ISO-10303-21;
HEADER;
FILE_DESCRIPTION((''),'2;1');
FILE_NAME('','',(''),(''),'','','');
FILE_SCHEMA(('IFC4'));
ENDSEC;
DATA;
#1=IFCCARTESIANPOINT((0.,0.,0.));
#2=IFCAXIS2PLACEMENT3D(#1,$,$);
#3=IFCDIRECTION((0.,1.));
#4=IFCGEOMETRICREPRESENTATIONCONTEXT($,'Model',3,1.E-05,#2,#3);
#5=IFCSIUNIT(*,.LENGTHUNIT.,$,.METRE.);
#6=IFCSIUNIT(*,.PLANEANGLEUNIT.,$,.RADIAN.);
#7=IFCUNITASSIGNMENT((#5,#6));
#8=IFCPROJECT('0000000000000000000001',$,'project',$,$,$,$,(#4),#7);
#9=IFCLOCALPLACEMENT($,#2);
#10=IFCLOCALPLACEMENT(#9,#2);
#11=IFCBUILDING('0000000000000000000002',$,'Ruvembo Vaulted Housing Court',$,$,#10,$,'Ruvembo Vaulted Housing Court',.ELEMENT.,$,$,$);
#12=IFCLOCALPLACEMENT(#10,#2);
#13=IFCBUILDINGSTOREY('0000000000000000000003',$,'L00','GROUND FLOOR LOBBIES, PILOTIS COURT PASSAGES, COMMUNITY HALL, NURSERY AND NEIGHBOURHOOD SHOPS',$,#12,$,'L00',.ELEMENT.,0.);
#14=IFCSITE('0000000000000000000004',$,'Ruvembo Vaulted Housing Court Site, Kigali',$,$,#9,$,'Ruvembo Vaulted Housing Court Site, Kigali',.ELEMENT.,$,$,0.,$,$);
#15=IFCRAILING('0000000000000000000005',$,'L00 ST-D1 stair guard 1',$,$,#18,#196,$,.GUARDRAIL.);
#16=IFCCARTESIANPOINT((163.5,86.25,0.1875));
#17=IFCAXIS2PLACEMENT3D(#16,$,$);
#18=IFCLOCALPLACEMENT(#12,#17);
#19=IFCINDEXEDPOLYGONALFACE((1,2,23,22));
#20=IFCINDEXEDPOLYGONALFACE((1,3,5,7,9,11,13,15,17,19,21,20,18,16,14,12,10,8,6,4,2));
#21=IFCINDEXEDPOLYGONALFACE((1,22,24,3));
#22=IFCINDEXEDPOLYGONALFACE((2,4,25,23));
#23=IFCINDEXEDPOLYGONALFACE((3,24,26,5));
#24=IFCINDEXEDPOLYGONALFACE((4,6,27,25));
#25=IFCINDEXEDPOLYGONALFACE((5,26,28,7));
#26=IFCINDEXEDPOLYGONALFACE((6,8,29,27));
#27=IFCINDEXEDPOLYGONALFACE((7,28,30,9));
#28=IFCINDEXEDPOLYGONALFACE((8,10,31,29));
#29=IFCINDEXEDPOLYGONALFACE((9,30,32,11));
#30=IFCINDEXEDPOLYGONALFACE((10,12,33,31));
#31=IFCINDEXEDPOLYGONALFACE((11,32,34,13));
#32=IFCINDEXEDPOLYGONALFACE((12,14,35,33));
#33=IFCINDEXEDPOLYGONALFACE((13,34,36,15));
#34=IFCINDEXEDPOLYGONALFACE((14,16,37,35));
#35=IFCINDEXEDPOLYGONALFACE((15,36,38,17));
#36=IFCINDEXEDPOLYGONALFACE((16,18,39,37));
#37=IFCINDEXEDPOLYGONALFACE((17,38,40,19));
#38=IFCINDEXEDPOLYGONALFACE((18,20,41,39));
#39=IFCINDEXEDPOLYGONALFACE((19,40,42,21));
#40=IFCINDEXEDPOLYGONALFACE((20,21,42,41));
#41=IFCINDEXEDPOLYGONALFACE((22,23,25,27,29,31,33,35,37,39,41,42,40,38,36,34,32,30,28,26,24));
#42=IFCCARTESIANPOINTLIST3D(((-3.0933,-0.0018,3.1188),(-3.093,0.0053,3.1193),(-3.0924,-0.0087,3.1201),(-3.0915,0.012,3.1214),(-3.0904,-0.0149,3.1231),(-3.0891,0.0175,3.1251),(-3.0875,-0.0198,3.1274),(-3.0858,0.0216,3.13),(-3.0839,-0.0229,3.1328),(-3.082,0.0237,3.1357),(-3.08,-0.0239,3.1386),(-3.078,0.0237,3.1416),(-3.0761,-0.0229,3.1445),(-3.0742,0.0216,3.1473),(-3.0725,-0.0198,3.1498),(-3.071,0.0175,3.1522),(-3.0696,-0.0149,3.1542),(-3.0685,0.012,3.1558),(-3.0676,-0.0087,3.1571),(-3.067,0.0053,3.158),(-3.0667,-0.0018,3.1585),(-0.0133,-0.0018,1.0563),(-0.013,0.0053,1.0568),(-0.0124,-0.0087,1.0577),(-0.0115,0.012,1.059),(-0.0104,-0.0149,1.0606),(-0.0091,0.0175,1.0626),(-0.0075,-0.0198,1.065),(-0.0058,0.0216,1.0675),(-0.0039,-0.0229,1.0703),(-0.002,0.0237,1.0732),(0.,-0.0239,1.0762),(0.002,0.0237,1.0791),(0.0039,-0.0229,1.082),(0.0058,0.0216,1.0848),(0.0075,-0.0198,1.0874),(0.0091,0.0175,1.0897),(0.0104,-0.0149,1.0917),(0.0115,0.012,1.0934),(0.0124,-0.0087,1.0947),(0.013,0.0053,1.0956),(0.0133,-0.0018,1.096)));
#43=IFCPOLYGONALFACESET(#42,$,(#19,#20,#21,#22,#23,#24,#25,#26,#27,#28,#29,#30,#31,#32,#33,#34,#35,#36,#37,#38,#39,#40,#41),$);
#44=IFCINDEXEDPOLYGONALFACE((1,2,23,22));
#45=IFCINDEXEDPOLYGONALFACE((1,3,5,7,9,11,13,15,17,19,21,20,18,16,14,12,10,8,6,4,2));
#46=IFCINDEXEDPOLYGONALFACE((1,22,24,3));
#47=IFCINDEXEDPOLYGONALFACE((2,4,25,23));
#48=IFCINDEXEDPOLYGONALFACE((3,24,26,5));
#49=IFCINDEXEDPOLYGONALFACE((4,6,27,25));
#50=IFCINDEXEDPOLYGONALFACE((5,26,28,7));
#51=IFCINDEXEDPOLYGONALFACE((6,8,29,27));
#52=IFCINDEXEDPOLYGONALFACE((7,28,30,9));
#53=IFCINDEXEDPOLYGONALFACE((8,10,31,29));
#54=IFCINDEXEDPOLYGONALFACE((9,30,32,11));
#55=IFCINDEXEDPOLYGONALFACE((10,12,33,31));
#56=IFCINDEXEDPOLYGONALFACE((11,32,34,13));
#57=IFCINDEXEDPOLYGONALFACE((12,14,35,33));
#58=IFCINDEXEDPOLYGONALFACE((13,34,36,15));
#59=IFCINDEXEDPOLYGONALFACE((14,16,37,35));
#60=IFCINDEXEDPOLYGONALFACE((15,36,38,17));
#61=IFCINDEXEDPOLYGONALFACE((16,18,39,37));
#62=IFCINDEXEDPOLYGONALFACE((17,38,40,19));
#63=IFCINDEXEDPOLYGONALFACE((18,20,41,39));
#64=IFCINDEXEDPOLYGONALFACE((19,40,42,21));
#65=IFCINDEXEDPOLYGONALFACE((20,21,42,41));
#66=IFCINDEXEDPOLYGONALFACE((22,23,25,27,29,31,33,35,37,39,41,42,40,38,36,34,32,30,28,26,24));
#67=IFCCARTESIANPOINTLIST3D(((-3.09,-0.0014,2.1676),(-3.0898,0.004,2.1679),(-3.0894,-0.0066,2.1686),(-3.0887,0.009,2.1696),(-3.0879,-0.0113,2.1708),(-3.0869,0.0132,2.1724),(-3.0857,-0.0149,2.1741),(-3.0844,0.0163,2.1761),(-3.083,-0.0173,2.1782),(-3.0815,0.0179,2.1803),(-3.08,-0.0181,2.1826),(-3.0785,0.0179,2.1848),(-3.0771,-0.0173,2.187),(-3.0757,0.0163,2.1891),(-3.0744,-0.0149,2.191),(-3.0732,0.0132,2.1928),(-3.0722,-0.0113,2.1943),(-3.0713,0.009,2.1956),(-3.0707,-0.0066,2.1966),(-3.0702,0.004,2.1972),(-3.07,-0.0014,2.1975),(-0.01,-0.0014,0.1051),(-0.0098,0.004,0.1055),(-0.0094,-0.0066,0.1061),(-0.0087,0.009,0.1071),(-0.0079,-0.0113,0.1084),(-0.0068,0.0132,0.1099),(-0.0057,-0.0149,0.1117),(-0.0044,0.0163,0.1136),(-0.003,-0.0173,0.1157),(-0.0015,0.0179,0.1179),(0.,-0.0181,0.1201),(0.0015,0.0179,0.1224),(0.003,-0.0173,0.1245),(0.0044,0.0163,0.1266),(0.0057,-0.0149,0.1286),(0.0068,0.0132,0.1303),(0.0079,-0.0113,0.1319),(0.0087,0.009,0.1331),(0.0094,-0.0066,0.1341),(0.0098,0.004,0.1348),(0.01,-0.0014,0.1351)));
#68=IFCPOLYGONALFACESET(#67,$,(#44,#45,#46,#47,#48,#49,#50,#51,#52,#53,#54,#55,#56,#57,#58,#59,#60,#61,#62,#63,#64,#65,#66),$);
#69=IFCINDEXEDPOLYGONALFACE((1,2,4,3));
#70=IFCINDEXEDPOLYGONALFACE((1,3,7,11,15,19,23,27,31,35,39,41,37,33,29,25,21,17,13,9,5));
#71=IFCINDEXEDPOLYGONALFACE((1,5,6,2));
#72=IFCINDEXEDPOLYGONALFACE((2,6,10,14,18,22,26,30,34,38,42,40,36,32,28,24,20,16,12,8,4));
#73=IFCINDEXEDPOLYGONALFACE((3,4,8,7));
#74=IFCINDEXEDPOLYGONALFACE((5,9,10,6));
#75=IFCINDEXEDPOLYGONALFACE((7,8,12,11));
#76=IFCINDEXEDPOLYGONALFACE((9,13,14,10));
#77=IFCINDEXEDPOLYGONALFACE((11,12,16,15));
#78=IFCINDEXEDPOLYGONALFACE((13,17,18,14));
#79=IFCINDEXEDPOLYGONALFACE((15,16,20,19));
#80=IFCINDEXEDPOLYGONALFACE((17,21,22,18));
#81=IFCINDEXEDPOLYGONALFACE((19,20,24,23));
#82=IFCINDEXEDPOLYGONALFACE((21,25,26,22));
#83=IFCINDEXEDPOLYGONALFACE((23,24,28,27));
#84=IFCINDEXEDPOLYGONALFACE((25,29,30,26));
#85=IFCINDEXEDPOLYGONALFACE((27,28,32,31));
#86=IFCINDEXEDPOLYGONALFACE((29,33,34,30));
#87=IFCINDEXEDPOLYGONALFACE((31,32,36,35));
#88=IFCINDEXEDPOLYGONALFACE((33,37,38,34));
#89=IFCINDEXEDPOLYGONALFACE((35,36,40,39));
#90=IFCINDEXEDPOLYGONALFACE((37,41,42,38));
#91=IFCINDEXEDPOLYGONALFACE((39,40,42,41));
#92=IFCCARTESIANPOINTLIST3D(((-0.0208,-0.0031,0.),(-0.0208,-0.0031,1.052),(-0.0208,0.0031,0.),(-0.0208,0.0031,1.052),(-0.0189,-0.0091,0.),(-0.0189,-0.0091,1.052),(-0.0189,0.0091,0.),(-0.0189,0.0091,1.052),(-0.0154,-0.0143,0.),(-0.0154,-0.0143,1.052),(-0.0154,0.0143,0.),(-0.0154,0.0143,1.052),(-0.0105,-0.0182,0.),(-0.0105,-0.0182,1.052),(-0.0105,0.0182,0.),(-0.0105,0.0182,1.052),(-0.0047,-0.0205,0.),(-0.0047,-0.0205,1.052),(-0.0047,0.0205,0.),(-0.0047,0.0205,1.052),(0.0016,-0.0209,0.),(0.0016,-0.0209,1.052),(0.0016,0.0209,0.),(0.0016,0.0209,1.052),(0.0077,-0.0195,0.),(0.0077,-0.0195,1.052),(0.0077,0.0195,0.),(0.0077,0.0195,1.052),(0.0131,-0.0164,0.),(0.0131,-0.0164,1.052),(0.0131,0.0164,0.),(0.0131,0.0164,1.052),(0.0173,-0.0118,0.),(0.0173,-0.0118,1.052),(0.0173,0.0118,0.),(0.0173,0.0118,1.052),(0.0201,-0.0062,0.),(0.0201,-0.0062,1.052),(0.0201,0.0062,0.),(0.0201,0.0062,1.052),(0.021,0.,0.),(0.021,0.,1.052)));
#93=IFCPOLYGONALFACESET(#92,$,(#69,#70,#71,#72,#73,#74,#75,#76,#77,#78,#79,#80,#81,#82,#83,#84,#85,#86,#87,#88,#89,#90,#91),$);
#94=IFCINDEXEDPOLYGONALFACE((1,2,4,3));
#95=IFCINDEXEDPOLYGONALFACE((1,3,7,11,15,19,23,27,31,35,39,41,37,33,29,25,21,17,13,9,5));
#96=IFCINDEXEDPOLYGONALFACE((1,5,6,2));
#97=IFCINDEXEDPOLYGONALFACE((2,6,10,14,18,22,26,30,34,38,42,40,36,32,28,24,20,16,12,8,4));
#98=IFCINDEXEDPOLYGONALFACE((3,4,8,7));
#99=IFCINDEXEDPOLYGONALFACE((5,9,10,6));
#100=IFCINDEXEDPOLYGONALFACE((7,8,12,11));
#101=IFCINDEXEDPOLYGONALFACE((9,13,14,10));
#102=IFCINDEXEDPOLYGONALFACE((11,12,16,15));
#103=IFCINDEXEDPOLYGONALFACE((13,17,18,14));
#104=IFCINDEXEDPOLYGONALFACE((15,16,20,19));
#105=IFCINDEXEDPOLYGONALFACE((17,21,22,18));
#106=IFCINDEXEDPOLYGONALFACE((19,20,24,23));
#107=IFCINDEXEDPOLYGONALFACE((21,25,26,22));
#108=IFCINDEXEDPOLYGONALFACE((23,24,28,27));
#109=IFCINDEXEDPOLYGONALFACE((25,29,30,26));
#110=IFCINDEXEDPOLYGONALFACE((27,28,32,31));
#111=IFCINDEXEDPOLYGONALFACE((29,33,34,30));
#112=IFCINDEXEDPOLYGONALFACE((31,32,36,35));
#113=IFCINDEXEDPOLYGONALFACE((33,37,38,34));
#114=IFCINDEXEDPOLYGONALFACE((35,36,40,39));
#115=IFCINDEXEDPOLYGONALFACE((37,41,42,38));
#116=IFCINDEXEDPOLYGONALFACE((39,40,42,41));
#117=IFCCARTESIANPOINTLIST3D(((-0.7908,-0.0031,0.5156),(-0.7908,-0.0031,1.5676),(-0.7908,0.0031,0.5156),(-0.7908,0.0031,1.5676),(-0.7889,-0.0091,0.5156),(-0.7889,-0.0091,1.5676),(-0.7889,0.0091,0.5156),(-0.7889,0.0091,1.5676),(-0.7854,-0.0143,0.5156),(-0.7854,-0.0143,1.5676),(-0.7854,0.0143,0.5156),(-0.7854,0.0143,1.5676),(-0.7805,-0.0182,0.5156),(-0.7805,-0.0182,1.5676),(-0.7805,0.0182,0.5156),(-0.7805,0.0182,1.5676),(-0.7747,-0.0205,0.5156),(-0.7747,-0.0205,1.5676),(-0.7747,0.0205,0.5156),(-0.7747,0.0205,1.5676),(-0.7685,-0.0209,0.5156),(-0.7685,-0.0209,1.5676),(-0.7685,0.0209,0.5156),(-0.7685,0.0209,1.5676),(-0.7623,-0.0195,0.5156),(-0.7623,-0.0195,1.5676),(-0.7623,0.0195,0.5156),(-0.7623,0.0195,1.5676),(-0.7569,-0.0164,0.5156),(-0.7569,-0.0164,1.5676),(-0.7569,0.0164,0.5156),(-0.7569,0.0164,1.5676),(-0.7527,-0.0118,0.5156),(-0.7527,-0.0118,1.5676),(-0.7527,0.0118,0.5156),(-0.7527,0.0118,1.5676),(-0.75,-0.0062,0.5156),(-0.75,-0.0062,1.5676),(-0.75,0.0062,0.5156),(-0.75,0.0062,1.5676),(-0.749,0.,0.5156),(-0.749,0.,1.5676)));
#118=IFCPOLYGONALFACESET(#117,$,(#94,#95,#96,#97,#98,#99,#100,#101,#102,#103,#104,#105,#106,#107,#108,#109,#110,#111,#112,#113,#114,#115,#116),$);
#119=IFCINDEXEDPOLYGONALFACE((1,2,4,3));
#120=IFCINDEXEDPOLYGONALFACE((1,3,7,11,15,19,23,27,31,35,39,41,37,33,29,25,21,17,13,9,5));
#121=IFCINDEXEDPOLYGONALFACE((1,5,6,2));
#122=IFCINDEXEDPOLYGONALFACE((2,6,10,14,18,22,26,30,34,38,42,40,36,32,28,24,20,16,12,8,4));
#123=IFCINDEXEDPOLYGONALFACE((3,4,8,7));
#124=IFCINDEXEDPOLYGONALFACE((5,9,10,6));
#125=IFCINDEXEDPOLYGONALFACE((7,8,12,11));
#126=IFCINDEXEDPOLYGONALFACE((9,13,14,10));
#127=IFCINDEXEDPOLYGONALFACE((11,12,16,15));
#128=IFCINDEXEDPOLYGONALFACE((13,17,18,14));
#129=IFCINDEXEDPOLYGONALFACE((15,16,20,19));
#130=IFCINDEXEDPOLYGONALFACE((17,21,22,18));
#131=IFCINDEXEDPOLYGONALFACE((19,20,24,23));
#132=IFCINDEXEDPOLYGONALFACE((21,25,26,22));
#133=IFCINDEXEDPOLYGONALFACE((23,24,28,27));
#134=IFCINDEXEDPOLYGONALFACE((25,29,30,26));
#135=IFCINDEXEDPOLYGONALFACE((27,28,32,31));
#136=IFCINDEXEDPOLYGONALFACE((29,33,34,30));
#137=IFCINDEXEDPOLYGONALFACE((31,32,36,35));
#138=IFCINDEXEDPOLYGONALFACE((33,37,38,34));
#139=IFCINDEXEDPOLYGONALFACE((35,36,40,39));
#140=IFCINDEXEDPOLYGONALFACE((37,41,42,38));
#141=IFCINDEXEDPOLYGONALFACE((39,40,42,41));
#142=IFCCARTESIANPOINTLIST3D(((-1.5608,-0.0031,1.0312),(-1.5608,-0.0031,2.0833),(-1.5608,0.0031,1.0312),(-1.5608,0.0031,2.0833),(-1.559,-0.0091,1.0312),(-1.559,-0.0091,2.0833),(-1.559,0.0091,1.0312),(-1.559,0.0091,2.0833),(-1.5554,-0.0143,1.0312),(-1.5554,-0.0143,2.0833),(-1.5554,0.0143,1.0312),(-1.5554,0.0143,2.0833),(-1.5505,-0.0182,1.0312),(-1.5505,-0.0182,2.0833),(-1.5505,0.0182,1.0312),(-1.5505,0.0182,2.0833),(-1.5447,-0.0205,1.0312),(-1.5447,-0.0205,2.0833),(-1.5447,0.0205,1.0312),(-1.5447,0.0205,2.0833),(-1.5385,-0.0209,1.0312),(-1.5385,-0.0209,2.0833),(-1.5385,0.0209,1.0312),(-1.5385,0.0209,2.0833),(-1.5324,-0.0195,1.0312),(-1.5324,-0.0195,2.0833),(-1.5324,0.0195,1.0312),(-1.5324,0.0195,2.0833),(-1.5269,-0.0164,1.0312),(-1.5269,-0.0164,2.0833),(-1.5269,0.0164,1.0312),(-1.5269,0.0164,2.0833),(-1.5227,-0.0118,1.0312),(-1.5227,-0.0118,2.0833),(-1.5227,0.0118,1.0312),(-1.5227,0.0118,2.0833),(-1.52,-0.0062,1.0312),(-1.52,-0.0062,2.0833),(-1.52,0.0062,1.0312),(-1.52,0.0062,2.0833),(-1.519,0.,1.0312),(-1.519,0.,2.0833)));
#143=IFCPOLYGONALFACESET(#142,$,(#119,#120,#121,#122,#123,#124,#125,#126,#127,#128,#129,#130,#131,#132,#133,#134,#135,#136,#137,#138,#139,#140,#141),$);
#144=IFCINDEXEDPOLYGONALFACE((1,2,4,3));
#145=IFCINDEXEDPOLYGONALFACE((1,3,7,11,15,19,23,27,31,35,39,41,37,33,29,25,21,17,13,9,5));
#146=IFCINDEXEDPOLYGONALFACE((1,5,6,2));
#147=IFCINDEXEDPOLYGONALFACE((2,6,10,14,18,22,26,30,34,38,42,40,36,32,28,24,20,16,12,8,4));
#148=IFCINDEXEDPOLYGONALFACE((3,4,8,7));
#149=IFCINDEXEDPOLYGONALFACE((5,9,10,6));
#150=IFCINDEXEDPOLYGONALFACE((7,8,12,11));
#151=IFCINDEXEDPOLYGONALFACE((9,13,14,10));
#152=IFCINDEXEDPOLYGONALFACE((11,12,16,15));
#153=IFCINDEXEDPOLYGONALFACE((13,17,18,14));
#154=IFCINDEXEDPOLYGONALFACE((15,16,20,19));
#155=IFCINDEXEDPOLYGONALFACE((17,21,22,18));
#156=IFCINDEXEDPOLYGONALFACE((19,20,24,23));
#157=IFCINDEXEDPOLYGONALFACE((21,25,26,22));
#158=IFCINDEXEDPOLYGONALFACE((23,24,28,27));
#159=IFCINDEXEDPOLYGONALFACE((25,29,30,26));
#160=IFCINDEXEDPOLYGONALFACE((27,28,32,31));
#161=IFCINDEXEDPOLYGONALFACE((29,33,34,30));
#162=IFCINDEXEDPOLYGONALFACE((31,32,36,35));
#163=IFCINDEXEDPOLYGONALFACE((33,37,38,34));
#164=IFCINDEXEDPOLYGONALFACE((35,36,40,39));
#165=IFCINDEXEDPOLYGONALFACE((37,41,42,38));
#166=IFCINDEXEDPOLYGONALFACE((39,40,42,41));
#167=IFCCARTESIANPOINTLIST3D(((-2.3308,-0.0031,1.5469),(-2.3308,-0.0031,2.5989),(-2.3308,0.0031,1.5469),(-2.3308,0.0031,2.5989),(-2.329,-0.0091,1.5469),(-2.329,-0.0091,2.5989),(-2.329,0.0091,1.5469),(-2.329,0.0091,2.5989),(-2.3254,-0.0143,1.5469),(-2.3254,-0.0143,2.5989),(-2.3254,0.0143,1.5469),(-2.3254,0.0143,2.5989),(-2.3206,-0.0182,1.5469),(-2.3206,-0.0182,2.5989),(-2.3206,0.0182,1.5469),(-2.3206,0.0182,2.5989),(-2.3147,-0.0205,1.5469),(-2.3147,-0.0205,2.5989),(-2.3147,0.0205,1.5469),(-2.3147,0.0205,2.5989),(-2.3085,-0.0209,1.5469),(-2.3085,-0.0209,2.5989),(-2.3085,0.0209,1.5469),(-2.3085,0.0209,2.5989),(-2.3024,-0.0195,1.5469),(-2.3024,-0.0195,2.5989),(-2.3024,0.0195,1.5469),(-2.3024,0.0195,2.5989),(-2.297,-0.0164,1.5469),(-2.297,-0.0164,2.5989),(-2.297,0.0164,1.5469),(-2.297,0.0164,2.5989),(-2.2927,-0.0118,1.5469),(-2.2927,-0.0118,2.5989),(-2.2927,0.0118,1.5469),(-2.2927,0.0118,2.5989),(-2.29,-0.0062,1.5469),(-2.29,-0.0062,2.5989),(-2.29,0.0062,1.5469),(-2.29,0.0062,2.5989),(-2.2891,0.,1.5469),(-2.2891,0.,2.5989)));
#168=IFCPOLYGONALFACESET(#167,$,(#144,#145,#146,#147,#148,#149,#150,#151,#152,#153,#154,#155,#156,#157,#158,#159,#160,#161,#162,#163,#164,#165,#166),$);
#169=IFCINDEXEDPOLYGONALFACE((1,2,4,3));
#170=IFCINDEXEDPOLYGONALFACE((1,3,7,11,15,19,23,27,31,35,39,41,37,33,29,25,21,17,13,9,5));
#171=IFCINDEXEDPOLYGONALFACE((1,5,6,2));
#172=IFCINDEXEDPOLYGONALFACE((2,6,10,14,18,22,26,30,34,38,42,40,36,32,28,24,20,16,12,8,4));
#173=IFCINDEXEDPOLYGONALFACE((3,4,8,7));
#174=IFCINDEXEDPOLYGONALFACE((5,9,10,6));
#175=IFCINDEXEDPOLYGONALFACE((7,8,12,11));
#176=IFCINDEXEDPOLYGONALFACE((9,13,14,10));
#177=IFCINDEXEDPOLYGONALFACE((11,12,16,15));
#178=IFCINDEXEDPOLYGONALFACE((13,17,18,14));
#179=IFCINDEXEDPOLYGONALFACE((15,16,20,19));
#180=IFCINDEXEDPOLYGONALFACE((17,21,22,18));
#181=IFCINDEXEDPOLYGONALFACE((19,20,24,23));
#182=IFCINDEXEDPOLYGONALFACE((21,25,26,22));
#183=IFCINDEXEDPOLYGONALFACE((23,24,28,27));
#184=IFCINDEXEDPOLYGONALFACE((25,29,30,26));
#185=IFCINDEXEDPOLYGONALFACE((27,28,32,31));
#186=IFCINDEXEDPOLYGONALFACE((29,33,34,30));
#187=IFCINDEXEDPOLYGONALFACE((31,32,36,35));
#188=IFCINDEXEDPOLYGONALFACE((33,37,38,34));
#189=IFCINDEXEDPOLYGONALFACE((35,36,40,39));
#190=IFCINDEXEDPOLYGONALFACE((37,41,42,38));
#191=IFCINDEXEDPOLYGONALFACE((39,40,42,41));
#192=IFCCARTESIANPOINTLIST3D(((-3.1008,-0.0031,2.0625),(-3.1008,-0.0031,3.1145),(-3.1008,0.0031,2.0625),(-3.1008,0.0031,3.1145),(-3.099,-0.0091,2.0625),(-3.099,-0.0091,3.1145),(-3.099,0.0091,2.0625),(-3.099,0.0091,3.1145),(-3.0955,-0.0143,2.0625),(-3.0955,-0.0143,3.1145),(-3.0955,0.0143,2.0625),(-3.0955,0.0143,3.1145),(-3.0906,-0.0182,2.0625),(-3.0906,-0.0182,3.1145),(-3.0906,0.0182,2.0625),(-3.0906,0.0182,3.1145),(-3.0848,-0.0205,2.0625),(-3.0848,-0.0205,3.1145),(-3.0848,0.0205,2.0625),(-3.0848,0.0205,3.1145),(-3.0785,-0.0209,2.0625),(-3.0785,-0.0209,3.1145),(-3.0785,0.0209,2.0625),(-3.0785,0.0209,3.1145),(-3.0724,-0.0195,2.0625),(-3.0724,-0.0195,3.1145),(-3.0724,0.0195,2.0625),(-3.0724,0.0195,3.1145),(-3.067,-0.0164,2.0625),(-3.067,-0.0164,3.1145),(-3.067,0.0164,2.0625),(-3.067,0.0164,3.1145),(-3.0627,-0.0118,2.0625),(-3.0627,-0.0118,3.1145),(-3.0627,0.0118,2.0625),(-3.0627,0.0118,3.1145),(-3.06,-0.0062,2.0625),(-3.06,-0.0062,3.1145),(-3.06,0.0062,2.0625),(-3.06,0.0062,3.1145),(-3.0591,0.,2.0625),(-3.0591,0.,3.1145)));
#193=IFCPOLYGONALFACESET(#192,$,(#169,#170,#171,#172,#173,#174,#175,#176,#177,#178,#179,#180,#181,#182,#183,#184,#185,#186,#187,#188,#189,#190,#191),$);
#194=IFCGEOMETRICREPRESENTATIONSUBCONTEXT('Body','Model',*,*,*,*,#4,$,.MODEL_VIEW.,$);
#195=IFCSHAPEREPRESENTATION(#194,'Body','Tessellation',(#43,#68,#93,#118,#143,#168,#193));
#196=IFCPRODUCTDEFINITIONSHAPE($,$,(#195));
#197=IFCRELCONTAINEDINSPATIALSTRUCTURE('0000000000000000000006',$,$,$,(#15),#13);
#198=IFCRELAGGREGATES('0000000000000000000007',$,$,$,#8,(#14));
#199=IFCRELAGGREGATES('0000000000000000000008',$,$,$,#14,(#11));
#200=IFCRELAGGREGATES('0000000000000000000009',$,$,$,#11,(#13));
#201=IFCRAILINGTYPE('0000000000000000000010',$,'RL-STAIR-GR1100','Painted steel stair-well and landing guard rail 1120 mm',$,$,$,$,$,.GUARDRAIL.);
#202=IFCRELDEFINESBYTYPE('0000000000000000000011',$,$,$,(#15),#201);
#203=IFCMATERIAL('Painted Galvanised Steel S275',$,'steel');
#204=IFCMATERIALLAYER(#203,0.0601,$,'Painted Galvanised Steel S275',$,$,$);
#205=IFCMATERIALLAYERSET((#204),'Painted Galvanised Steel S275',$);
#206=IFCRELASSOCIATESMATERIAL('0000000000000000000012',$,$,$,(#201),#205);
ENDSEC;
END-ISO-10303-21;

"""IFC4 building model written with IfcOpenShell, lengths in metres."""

from ifc_helpers import new_model, si_unit, direction, frame, origin, origin_2d, place, context, subcontext, project, spatial, circle, extrude, material, layer, layer_set, type_object, element, save


model = new_model("IFC4")

# Units and contexts
model_context = context("Model", 3, precision=1e-05, world=origin(), true_north=direction((0.0, 1.0)))
body_context = subcontext(model_context, "Body", "Model", "MODEL_VIEW")
ifc_project = project(units=[si_unit("LENGTHUNIT", "METRE"), si_unit("PLANEANGLEUNIT", "RADIAN")], contexts=[model_context])

# Site, building, storey
site_placement = place(None, origin())
site = spatial("IfcSite", under=ifc_project, at=site_placement, Name="Ruvembo Vaulted Housing Court Site, Kigali", LongName="Ruvembo Vaulted Housing Court Site, Kigali", CompositionType="ELEMENT", RefElevation=0.0)
building_placement = place(site_placement, origin())
building = spatial("IfcBuilding", under=site, at=building_placement, Name="Ruvembo Vaulted Housing Court", LongName="Ruvembo Vaulted Housing Court", CompositionType="ELEMENT")
storey_placement = place(building_placement, origin())
storey = spatial("IfcBuildingStorey", under=building, at=storey_placement, Name="L00", Description="GROUND FLOOR LOBBIES, PILOTIS COURT PASSAGES, COMMUNITY HALL, NURSERY AND NEIGHBOURHOOD SHOPS", LongName="L00", CompositionType="ELEMENT", Elevation=0.0)

# Railing
ifc_material_1 = material(Name="Painted Galvanised Steel S275", Category="steel")
ifc_layer_1 = layer(ifc_material_1, 0.0601, Name="Painted Galvanised Steel S275")
ifc_layer_set_1 = layer_set([ifc_layer_1], Name="Painted Galvanised Steel S275")
railing_type_1 = type_object("IfcRailingType", Name="RL-STAIR-GR1100", Description="Painted steel stair-well and landing guard rail 1120 mm", PredefinedType="GUARDRAIL", material=ifc_layer_set_1)
railing_1_placement = place(storey_placement, frame((163.5, 86.25, 0.1875)))
element("IfcRailing", 1, at=railing_1_placement, inside=storey, type_object=railing_type_1, Name="L00 ST-D1 stair guard 1", PredefinedType="GUARDRAIL", context=body_context, shape_type="SweptSolid", body=[
    extrude(circle(Radius=0.0239, at=origin_2d()), frame((0.0, 0.0, 1.0762), z_axis=(-0.830914, 0.0, 0.556401), x_axis=(0.0, -1.0, 0.0)), (0.0, 0.0, 1.0), 3.7068),
    extrude(circle(Radius=0.0181, at=origin_2d()), frame((0.0, 0.0, 0.1201), z_axis=(-0.830914, 0.0, 0.556401), x_axis=(0.0, -1.0, 0.0)), (0.0, 0.0, 1.0), 3.7068),
    extrude(circle(Radius=0.021, at=origin_2d()), origin(), (0.0, 0.0, 1.0), 1.052),
    extrude(circle(Radius=0.021, at=origin_2d()), frame((-0.77, 0.0, 0.5156)), (0.0, 0.0, 1.0), 1.052),
    extrude(circle(Radius=0.021, at=origin_2d()), frame((-1.54, 0.0, 1.0312)), (0.0, 0.0, 1.0), 1.052),
    extrude(circle(Radius=0.021, at=origin_2d()), frame((-2.3101, 0.0, 1.5469)), (0.0, 0.0, 1.0), 1.052),
    extrude(circle(Radius=0.021, at=origin_2d()), frame((-3.0801, 0.0, 2.0625)), (0.0, 0.0, 1.0), 1.052),
])

save(model, "model.ifc")
